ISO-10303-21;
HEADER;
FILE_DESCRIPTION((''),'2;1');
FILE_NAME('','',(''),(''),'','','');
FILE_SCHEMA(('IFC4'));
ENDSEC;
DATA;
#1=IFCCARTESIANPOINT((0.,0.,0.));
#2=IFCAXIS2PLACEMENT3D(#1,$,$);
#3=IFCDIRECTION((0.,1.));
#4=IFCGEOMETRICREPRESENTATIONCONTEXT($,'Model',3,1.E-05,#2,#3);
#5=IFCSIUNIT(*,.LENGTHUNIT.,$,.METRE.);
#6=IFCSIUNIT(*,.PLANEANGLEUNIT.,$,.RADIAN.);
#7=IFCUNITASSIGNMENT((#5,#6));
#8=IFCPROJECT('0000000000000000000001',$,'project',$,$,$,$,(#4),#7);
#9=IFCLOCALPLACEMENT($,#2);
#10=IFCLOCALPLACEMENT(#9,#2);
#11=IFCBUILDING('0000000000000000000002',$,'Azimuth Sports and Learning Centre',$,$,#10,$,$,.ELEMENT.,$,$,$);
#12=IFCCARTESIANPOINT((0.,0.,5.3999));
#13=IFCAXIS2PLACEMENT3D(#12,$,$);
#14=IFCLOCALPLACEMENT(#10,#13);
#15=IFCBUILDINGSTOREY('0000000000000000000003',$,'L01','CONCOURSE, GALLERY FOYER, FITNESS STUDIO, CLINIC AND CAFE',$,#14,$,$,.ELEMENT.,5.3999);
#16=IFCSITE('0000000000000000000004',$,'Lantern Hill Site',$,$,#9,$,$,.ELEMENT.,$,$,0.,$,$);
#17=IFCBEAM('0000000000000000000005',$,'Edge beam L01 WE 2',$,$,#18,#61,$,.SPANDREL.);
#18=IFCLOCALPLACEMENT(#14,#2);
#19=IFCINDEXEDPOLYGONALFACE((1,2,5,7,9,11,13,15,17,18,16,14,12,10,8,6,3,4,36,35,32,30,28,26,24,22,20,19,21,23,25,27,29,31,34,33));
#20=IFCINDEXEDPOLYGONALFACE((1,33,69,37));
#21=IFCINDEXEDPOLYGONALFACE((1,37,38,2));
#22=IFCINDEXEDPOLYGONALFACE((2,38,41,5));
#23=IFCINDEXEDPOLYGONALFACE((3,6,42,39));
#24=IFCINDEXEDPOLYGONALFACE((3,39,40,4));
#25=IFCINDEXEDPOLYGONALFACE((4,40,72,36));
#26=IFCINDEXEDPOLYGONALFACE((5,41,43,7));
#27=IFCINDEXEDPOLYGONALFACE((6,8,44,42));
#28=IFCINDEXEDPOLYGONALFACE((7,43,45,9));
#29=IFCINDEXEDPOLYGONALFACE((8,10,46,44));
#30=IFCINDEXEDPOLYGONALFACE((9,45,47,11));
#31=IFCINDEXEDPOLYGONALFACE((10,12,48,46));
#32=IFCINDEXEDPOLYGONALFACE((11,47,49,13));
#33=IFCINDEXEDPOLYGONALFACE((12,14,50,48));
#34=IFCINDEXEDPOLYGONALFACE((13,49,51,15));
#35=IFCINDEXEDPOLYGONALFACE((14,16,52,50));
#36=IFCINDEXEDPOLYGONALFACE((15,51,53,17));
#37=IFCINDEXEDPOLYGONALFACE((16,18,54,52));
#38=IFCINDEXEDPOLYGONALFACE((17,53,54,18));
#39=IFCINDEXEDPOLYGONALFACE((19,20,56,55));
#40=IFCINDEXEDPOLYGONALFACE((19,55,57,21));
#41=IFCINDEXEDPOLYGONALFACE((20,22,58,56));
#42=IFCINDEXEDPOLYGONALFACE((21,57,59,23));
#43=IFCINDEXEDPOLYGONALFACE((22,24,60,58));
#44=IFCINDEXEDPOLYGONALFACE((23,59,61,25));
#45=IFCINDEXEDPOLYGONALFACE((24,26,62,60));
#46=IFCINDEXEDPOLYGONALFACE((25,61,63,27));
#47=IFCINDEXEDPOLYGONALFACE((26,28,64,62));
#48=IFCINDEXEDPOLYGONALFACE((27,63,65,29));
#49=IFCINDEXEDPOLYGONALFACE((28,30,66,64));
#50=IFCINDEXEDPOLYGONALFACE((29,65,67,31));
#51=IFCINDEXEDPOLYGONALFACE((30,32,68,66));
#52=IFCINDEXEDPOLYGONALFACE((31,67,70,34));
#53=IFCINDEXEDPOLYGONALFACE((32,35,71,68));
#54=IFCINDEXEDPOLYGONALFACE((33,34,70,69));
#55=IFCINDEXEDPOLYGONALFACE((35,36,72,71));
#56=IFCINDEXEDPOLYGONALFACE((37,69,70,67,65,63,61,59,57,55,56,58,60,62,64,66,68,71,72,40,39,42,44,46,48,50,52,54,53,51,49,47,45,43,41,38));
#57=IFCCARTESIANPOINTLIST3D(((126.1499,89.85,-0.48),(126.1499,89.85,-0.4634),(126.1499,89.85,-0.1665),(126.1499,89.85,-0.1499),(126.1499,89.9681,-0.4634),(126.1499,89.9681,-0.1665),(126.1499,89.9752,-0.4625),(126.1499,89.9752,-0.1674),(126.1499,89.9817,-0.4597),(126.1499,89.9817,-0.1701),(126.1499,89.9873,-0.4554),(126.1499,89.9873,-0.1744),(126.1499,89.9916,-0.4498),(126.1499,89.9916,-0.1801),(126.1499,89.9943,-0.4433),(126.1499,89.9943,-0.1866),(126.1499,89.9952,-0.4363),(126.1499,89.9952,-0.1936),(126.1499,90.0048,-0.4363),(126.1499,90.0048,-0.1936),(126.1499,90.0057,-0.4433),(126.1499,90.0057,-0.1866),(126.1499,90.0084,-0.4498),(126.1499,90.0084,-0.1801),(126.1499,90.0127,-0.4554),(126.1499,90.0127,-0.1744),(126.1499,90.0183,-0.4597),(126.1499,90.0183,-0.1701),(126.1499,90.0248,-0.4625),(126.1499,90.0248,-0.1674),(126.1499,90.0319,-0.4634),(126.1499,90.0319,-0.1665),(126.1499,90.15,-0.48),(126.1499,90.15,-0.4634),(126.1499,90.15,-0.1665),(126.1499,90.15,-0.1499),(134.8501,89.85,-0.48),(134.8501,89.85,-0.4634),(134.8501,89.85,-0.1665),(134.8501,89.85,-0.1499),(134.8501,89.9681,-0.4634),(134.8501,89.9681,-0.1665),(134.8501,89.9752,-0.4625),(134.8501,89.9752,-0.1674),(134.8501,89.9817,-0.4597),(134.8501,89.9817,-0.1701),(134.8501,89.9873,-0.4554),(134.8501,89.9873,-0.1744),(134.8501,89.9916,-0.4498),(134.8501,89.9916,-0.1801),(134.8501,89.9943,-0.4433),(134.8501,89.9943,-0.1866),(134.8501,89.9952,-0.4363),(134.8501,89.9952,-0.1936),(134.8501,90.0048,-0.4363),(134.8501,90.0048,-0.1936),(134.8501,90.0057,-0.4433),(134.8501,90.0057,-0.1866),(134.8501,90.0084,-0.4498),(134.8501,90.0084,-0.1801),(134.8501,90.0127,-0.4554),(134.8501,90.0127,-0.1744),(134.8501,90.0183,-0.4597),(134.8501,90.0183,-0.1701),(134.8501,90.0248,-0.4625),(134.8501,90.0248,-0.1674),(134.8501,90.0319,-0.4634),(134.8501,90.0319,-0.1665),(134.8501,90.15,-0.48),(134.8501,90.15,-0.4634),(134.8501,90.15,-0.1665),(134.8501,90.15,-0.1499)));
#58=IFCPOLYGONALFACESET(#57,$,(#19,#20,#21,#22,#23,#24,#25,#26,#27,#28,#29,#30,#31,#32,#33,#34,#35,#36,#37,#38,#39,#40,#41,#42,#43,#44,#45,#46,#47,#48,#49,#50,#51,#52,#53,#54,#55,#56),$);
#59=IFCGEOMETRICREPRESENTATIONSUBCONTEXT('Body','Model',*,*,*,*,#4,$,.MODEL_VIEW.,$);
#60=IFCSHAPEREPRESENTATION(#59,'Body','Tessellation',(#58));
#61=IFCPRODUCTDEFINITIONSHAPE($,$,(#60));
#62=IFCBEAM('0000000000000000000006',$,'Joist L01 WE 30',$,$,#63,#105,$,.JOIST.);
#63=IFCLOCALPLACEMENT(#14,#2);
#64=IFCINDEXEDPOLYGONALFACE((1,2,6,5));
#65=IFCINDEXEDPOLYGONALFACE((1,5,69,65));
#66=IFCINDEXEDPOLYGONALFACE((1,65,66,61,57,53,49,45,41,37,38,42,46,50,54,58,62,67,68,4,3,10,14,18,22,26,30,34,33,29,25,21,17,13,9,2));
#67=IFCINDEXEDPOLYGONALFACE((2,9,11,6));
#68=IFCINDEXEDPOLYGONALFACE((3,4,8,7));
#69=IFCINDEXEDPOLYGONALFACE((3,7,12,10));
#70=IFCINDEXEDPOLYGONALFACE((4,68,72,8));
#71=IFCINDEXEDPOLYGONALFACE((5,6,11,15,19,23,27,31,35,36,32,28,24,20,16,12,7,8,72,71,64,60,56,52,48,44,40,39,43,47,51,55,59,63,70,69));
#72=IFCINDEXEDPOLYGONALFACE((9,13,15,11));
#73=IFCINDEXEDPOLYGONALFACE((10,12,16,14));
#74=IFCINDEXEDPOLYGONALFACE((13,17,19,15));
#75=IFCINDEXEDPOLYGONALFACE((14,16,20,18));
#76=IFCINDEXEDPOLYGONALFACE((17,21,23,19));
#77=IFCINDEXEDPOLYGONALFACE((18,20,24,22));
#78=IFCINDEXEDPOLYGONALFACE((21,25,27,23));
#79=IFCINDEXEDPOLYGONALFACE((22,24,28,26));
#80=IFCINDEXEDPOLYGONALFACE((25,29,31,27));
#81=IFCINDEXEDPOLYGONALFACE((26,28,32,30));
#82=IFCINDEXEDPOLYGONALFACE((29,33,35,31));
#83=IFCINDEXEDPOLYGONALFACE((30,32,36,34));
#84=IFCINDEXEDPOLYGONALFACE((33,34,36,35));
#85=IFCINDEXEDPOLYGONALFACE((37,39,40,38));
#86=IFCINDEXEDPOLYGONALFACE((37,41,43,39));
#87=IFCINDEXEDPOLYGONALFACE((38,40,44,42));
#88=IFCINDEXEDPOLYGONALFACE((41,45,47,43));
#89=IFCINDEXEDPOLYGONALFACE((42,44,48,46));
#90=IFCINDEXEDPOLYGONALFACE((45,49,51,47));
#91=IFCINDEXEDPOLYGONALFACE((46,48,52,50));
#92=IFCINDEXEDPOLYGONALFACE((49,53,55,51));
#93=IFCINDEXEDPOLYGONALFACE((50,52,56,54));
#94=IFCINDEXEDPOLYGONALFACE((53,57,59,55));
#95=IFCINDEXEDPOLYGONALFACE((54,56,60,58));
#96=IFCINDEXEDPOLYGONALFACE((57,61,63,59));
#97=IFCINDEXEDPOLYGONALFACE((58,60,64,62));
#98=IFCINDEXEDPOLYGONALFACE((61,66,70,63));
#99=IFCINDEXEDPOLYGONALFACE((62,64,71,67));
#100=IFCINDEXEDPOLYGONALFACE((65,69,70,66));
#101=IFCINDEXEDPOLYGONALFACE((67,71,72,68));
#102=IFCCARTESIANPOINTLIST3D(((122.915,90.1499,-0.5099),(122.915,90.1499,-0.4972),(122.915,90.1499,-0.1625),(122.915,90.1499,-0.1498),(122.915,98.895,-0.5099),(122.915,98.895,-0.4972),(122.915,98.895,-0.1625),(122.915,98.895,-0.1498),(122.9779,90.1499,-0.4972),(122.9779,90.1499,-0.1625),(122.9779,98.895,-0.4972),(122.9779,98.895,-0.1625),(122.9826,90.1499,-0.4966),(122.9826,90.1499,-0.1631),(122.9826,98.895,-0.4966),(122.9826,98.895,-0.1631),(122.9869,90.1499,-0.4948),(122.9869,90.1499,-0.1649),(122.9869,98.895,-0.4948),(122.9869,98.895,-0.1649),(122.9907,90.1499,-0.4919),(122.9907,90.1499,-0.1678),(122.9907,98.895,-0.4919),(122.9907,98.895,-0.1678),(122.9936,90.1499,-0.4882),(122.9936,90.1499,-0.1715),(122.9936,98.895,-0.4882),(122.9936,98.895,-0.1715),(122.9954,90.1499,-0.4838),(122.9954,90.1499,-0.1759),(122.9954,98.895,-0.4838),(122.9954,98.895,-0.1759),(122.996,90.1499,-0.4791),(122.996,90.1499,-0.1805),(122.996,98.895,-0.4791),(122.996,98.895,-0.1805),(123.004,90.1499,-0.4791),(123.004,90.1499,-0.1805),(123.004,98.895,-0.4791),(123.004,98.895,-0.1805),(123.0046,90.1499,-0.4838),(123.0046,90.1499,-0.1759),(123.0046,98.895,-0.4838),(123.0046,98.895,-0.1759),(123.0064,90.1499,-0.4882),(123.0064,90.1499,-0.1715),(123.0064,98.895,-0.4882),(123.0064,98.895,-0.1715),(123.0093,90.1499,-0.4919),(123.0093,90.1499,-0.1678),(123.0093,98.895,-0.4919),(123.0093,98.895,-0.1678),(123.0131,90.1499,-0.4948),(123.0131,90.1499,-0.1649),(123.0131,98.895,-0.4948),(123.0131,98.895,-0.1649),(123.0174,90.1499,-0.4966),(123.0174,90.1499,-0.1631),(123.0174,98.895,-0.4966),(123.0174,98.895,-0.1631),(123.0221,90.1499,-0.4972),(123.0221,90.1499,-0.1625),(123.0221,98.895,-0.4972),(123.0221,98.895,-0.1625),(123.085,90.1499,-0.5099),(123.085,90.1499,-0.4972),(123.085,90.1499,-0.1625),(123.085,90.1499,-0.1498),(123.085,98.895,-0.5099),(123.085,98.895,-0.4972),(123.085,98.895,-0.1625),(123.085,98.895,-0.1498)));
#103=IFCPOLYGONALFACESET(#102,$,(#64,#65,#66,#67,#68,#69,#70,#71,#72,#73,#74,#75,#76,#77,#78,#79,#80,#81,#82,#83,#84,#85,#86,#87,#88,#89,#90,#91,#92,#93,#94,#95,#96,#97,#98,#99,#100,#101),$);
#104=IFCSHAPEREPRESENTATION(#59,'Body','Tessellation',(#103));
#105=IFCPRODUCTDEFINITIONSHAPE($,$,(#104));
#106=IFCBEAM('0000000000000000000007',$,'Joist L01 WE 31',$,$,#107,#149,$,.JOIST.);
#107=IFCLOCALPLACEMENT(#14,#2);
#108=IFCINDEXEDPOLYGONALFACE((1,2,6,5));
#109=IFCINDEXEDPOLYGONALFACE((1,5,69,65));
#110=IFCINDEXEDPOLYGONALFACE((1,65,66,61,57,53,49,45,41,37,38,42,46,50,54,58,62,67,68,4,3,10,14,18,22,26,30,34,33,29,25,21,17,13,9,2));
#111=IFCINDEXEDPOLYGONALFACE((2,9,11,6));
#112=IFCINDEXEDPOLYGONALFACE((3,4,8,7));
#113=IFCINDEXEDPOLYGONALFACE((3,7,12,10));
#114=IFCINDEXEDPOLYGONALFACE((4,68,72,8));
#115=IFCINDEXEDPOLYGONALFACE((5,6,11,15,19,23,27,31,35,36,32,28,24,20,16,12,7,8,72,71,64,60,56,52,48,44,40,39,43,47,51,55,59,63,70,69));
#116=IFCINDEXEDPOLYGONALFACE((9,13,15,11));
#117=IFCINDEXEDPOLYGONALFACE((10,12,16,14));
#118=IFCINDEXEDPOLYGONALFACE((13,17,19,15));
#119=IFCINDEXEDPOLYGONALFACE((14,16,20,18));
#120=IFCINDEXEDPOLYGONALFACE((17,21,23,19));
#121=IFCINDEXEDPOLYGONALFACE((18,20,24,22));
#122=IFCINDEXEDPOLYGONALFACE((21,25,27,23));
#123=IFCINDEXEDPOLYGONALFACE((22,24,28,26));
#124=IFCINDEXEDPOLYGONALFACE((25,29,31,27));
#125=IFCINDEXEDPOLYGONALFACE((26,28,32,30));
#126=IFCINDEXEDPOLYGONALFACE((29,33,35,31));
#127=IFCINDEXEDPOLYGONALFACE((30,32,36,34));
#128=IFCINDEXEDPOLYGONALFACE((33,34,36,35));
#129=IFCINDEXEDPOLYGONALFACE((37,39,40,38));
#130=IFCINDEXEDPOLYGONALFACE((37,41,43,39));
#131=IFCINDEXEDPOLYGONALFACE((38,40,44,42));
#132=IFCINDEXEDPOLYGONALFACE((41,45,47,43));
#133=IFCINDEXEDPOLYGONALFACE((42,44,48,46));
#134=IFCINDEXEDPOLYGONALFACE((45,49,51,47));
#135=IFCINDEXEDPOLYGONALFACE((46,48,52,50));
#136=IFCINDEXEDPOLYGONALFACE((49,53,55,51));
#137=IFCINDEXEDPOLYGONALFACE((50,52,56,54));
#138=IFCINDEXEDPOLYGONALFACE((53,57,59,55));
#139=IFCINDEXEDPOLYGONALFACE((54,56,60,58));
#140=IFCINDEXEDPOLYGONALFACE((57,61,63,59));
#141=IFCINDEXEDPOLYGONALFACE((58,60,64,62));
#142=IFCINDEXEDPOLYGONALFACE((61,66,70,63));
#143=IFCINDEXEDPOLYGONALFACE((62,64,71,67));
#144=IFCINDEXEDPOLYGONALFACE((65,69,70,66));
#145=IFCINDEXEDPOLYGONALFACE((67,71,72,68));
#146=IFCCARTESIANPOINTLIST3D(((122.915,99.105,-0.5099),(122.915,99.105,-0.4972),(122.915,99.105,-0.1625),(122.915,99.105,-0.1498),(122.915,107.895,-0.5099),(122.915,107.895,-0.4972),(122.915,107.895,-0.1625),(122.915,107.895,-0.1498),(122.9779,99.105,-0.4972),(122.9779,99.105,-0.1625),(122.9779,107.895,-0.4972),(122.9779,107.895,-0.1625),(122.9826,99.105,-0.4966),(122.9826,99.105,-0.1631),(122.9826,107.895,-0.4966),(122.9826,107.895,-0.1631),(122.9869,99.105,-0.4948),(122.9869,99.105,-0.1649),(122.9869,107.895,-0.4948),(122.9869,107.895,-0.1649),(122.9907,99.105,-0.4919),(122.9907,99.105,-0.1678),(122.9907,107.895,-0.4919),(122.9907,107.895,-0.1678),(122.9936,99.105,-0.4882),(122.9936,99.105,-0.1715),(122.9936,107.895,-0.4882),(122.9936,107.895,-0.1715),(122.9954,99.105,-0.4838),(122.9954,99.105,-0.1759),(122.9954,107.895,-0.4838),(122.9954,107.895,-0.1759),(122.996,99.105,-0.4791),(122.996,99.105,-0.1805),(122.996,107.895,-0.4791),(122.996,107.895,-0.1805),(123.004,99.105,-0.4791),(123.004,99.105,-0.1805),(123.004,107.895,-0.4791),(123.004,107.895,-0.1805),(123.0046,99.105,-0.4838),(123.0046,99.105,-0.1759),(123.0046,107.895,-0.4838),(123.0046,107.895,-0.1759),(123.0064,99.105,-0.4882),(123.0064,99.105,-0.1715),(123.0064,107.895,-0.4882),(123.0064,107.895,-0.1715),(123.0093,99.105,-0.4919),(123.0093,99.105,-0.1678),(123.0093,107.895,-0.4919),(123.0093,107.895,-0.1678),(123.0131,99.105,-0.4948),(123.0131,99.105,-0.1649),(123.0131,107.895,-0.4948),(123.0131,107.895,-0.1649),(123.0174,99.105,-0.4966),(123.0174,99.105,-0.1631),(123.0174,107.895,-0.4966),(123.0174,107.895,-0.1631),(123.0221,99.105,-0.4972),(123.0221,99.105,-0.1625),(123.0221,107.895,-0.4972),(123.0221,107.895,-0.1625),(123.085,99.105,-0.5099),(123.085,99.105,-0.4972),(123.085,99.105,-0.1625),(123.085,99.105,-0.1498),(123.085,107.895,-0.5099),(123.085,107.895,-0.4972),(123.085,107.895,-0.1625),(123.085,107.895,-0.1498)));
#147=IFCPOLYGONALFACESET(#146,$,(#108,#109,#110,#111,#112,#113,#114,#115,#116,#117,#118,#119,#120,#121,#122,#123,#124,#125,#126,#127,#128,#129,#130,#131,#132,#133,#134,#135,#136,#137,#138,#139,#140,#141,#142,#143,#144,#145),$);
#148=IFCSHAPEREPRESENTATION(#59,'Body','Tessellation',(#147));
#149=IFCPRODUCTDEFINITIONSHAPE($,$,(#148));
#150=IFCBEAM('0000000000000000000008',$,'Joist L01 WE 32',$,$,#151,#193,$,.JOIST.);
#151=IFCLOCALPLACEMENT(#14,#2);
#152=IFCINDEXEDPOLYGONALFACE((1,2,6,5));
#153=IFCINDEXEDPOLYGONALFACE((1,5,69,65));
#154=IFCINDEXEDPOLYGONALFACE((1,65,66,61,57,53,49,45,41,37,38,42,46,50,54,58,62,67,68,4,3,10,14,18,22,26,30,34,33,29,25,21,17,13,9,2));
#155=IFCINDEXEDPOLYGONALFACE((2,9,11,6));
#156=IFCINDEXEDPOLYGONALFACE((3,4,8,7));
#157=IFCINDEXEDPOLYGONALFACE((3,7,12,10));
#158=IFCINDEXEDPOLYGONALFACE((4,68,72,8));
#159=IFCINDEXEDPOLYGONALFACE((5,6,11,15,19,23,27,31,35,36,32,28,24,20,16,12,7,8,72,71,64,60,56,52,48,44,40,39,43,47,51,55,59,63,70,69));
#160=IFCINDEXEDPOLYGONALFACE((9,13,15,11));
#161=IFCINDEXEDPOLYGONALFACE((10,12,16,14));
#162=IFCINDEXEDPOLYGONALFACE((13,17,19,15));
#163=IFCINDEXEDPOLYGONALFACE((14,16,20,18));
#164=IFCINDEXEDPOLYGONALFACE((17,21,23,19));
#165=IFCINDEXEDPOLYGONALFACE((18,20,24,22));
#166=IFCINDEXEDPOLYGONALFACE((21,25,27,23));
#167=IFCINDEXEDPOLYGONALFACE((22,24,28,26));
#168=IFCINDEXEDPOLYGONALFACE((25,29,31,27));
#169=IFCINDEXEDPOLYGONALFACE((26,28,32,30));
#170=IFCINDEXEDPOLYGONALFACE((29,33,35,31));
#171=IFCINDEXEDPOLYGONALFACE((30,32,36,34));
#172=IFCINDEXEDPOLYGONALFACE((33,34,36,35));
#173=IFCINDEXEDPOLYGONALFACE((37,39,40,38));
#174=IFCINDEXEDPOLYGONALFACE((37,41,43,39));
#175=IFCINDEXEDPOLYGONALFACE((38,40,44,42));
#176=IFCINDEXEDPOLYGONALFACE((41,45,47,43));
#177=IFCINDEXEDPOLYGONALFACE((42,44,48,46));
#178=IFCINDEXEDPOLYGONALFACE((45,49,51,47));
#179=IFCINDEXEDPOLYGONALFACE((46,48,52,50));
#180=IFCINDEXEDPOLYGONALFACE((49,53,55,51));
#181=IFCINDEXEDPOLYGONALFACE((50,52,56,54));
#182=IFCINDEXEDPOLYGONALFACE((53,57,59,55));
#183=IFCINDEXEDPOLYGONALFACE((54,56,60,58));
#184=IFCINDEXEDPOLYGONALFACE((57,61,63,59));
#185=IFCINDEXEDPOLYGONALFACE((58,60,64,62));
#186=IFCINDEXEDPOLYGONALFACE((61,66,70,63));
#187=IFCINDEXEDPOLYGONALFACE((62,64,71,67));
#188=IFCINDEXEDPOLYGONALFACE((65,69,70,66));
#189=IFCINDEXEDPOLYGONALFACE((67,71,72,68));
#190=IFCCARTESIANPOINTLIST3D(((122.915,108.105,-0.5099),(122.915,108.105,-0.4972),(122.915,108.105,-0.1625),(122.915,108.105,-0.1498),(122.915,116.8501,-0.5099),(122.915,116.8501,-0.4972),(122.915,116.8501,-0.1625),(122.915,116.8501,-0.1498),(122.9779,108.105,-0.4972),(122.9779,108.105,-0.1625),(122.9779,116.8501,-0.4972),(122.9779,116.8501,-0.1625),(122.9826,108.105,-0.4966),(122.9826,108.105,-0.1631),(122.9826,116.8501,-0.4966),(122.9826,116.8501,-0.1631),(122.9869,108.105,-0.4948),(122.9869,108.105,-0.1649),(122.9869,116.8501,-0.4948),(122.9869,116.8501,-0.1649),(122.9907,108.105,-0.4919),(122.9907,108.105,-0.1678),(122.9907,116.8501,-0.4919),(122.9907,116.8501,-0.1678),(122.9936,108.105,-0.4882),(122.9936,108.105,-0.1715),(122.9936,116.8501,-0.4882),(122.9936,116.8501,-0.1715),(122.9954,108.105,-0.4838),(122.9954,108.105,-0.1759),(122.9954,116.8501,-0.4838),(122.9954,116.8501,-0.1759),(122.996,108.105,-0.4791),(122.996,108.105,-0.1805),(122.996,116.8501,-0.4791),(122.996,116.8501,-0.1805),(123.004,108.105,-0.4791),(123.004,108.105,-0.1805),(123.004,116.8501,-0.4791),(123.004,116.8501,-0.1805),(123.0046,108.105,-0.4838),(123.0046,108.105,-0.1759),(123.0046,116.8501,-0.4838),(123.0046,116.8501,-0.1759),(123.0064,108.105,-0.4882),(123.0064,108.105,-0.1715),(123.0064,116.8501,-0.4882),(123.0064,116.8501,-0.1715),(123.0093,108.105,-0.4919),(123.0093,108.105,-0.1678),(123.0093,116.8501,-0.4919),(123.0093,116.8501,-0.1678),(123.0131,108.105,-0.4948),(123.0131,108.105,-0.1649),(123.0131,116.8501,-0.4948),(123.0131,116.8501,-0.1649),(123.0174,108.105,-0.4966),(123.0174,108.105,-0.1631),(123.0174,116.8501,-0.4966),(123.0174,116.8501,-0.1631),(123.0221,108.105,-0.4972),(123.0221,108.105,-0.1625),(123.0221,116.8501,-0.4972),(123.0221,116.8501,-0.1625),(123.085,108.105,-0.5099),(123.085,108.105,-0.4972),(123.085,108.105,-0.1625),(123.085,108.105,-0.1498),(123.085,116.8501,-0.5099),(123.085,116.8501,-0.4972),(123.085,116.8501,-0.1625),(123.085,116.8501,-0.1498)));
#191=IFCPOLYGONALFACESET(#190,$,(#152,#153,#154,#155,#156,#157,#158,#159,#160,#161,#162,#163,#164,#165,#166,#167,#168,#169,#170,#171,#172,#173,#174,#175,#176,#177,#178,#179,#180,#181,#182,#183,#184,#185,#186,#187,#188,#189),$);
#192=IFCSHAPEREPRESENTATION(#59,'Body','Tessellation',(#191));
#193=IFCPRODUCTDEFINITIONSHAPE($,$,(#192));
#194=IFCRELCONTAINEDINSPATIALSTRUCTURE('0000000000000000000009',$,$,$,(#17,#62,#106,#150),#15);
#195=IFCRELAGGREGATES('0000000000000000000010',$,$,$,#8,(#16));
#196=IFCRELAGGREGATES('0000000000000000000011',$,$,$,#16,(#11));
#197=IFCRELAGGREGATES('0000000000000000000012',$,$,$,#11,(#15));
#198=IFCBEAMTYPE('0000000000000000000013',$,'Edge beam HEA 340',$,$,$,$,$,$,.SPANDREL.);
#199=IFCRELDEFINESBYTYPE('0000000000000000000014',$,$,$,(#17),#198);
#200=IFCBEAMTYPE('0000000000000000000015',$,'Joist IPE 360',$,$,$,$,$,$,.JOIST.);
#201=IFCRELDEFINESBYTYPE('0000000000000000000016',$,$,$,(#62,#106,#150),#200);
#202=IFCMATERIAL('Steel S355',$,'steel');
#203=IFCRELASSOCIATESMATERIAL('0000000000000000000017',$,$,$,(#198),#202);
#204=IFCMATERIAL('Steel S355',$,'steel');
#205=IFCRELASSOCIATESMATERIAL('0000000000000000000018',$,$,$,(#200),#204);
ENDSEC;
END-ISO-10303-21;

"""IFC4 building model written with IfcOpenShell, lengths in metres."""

from ifc_helpers import new_model, si_unit, direction, frame, origin, origin_2d, place, context, subcontext, project, spatial, i_section, extrude, material, material_profile, profile_set, type_object, element, save


model = new_model("IFC4")

# Units and contexts
model_context = context("Model", 3, precision=1e-05, world=origin(), true_north=direction((0.0, 1.0)))
body_context = subcontext(model_context, "Body", "Model", "MODEL_VIEW")
ifc_project = project(units=[si_unit("LENGTHUNIT", "METRE"), si_unit("PLANEANGLEUNIT", "RADIAN")], contexts=[model_context])

# Site, building, storey
site_placement = place(None, origin())
site = spatial("IfcSite", under=ifc_project, at=site_placement, Name="Lantern Hill Site", CompositionType="ELEMENT", RefElevation=0.0)
building_placement = place(site_placement, origin())
building = spatial("IfcBuilding", under=site, at=building_placement, Name="Azimuth Sports and Learning Centre", CompositionType="ELEMENT")
storey_placement = place(building_placement, frame((0.0, 0.0, 5.3999)))
storey = spatial("IfcBuildingStorey", under=building, at=storey_placement, Name="L01", Description="CONCOURSE, GALLERY FOYER, FITNESS STUDIO, CLINIC AND CAFE", CompositionType="ELEMENT", Elevation=5.3999)

# Beams
ifc_material_1 = material(Name="Steel S355", Category="steel")
ifc_material_profile_1 = material_profile(ifc_material_1, i_section(OverallWidth=0.3, OverallDepth=0.3301, WebThickness=0.0095, FlangeThickness=0.0166, FilletRadius=0.0271, at=origin_2d()), Name="HEA 340")
ifc_profile_set_1 = profile_set([ifc_material_profile_1], Name="Steel S355")
beam_type_1 = type_object("IfcBeamType", Name="Edge beam HEA 340", PredefinedType="SPANDREL", material=ifc_profile_set_1)
beam_1_placement = place(storey_placement, frame((126.1499, 90.0, -0.3149), z_axis=(1.0, 0.0, 0.0), x_axis=(0.0, 1.0, 0.0)))
element("IfcBeam", 1, at=beam_1_placement, inside=storey, type_object=beam_type_1, Name="Edge beam L01 WE 2", PredefinedType="SPANDREL", context=body_context, shape_type="SweptSolid", body=[
    extrude(i_section(OverallWidth=0.3, OverallDepth=0.3301, WebThickness=0.0095, FlangeThickness=0.0166, FilletRadius=0.0271, at=origin_2d()), origin(), (0.0, 0.0, 1.0), 8.7002),
])
ifc_material_2 = material(Name="Steel S355", Category="steel")
ifc_material_profile_2 = material_profile(ifc_material_2, i_section(OverallWidth=0.1699, OverallDepth=0.3601, WebThickness=0.0081, FlangeThickness=0.0127, FilletRadius=0.0181, at=origin_2d()), Name="IPE 360")
ifc_profile_set_2 = profile_set([ifc_material_profile_2], Name="Steel S355")
beam_type_2 = type_object("IfcBeamType", Name="Joist IPE 360", PredefinedType="JOIST", material=ifc_profile_set_2)
beam_2_placement = place(storey_placement, frame((123.0, 90.1499, -0.3298), z_axis=(0.0, 1.0, 0.0), x_axis=(-1.0, 0.0, 0.0)))
element("IfcBeam", 2, at=beam_2_placement, inside=storey, type_object=beam_type_2, Name="Joist L01 WE 30", PredefinedType="JOIST", context=body_context, shape_type="SweptSolid", body=[
    extrude(i_section(OverallWidth=0.1699, OverallDepth=0.3601, WebThickness=0.0081, FlangeThickness=0.0127, FilletRadius=0.0181, at=origin_2d()), origin(), (0.0, 0.0, 1.0), 8.7451),
])
beam_3_placement = place(storey_placement, frame((123.0, 99.105, -0.3298), z_axis=(0.0, 1.0, 0.0), x_axis=(-1.0, 0.0, 0.0)))
element("IfcBeam", 3, at=beam_3_placement, inside=storey, type_object=beam_type_2, Name="Joist L01 WE 31", PredefinedType="JOIST", context=body_context, shape_type="SweptSolid", body=[
    extrude(i_section(OverallWidth=0.1699, OverallDepth=0.3601, WebThickness=0.0081, FlangeThickness=0.0127, FilletRadius=0.0181, at=origin_2d()), origin(), (0.0, 0.0, 1.0), 8.79),
])
for number, where, z_axis, x_axis, name in (
    (4, (123.0, 108.105, -0.3298), (0.0, 1.0, 0.0), (-1.0, 0.0, 0.0), "Joist L01 WE 32"),
):
    element("IfcBeam", number, at=place(storey_placement, frame(where, z_axis=z_axis, x_axis=x_axis)), inside=storey, type_object=beam_type_2, Name=name, PredefinedType="JOIST", context=body_context, shape_type="SweptSolid", body=[
        extrude(i_section(OverallWidth=0.1699, OverallDepth=0.3601, WebThickness=0.0081, FlangeThickness=0.0127, FilletRadius=0.0181, at=origin_2d()), origin(), (0.0, 0.0, 1.0), 8.7451),
    ])

save(model, "model.ifc")
